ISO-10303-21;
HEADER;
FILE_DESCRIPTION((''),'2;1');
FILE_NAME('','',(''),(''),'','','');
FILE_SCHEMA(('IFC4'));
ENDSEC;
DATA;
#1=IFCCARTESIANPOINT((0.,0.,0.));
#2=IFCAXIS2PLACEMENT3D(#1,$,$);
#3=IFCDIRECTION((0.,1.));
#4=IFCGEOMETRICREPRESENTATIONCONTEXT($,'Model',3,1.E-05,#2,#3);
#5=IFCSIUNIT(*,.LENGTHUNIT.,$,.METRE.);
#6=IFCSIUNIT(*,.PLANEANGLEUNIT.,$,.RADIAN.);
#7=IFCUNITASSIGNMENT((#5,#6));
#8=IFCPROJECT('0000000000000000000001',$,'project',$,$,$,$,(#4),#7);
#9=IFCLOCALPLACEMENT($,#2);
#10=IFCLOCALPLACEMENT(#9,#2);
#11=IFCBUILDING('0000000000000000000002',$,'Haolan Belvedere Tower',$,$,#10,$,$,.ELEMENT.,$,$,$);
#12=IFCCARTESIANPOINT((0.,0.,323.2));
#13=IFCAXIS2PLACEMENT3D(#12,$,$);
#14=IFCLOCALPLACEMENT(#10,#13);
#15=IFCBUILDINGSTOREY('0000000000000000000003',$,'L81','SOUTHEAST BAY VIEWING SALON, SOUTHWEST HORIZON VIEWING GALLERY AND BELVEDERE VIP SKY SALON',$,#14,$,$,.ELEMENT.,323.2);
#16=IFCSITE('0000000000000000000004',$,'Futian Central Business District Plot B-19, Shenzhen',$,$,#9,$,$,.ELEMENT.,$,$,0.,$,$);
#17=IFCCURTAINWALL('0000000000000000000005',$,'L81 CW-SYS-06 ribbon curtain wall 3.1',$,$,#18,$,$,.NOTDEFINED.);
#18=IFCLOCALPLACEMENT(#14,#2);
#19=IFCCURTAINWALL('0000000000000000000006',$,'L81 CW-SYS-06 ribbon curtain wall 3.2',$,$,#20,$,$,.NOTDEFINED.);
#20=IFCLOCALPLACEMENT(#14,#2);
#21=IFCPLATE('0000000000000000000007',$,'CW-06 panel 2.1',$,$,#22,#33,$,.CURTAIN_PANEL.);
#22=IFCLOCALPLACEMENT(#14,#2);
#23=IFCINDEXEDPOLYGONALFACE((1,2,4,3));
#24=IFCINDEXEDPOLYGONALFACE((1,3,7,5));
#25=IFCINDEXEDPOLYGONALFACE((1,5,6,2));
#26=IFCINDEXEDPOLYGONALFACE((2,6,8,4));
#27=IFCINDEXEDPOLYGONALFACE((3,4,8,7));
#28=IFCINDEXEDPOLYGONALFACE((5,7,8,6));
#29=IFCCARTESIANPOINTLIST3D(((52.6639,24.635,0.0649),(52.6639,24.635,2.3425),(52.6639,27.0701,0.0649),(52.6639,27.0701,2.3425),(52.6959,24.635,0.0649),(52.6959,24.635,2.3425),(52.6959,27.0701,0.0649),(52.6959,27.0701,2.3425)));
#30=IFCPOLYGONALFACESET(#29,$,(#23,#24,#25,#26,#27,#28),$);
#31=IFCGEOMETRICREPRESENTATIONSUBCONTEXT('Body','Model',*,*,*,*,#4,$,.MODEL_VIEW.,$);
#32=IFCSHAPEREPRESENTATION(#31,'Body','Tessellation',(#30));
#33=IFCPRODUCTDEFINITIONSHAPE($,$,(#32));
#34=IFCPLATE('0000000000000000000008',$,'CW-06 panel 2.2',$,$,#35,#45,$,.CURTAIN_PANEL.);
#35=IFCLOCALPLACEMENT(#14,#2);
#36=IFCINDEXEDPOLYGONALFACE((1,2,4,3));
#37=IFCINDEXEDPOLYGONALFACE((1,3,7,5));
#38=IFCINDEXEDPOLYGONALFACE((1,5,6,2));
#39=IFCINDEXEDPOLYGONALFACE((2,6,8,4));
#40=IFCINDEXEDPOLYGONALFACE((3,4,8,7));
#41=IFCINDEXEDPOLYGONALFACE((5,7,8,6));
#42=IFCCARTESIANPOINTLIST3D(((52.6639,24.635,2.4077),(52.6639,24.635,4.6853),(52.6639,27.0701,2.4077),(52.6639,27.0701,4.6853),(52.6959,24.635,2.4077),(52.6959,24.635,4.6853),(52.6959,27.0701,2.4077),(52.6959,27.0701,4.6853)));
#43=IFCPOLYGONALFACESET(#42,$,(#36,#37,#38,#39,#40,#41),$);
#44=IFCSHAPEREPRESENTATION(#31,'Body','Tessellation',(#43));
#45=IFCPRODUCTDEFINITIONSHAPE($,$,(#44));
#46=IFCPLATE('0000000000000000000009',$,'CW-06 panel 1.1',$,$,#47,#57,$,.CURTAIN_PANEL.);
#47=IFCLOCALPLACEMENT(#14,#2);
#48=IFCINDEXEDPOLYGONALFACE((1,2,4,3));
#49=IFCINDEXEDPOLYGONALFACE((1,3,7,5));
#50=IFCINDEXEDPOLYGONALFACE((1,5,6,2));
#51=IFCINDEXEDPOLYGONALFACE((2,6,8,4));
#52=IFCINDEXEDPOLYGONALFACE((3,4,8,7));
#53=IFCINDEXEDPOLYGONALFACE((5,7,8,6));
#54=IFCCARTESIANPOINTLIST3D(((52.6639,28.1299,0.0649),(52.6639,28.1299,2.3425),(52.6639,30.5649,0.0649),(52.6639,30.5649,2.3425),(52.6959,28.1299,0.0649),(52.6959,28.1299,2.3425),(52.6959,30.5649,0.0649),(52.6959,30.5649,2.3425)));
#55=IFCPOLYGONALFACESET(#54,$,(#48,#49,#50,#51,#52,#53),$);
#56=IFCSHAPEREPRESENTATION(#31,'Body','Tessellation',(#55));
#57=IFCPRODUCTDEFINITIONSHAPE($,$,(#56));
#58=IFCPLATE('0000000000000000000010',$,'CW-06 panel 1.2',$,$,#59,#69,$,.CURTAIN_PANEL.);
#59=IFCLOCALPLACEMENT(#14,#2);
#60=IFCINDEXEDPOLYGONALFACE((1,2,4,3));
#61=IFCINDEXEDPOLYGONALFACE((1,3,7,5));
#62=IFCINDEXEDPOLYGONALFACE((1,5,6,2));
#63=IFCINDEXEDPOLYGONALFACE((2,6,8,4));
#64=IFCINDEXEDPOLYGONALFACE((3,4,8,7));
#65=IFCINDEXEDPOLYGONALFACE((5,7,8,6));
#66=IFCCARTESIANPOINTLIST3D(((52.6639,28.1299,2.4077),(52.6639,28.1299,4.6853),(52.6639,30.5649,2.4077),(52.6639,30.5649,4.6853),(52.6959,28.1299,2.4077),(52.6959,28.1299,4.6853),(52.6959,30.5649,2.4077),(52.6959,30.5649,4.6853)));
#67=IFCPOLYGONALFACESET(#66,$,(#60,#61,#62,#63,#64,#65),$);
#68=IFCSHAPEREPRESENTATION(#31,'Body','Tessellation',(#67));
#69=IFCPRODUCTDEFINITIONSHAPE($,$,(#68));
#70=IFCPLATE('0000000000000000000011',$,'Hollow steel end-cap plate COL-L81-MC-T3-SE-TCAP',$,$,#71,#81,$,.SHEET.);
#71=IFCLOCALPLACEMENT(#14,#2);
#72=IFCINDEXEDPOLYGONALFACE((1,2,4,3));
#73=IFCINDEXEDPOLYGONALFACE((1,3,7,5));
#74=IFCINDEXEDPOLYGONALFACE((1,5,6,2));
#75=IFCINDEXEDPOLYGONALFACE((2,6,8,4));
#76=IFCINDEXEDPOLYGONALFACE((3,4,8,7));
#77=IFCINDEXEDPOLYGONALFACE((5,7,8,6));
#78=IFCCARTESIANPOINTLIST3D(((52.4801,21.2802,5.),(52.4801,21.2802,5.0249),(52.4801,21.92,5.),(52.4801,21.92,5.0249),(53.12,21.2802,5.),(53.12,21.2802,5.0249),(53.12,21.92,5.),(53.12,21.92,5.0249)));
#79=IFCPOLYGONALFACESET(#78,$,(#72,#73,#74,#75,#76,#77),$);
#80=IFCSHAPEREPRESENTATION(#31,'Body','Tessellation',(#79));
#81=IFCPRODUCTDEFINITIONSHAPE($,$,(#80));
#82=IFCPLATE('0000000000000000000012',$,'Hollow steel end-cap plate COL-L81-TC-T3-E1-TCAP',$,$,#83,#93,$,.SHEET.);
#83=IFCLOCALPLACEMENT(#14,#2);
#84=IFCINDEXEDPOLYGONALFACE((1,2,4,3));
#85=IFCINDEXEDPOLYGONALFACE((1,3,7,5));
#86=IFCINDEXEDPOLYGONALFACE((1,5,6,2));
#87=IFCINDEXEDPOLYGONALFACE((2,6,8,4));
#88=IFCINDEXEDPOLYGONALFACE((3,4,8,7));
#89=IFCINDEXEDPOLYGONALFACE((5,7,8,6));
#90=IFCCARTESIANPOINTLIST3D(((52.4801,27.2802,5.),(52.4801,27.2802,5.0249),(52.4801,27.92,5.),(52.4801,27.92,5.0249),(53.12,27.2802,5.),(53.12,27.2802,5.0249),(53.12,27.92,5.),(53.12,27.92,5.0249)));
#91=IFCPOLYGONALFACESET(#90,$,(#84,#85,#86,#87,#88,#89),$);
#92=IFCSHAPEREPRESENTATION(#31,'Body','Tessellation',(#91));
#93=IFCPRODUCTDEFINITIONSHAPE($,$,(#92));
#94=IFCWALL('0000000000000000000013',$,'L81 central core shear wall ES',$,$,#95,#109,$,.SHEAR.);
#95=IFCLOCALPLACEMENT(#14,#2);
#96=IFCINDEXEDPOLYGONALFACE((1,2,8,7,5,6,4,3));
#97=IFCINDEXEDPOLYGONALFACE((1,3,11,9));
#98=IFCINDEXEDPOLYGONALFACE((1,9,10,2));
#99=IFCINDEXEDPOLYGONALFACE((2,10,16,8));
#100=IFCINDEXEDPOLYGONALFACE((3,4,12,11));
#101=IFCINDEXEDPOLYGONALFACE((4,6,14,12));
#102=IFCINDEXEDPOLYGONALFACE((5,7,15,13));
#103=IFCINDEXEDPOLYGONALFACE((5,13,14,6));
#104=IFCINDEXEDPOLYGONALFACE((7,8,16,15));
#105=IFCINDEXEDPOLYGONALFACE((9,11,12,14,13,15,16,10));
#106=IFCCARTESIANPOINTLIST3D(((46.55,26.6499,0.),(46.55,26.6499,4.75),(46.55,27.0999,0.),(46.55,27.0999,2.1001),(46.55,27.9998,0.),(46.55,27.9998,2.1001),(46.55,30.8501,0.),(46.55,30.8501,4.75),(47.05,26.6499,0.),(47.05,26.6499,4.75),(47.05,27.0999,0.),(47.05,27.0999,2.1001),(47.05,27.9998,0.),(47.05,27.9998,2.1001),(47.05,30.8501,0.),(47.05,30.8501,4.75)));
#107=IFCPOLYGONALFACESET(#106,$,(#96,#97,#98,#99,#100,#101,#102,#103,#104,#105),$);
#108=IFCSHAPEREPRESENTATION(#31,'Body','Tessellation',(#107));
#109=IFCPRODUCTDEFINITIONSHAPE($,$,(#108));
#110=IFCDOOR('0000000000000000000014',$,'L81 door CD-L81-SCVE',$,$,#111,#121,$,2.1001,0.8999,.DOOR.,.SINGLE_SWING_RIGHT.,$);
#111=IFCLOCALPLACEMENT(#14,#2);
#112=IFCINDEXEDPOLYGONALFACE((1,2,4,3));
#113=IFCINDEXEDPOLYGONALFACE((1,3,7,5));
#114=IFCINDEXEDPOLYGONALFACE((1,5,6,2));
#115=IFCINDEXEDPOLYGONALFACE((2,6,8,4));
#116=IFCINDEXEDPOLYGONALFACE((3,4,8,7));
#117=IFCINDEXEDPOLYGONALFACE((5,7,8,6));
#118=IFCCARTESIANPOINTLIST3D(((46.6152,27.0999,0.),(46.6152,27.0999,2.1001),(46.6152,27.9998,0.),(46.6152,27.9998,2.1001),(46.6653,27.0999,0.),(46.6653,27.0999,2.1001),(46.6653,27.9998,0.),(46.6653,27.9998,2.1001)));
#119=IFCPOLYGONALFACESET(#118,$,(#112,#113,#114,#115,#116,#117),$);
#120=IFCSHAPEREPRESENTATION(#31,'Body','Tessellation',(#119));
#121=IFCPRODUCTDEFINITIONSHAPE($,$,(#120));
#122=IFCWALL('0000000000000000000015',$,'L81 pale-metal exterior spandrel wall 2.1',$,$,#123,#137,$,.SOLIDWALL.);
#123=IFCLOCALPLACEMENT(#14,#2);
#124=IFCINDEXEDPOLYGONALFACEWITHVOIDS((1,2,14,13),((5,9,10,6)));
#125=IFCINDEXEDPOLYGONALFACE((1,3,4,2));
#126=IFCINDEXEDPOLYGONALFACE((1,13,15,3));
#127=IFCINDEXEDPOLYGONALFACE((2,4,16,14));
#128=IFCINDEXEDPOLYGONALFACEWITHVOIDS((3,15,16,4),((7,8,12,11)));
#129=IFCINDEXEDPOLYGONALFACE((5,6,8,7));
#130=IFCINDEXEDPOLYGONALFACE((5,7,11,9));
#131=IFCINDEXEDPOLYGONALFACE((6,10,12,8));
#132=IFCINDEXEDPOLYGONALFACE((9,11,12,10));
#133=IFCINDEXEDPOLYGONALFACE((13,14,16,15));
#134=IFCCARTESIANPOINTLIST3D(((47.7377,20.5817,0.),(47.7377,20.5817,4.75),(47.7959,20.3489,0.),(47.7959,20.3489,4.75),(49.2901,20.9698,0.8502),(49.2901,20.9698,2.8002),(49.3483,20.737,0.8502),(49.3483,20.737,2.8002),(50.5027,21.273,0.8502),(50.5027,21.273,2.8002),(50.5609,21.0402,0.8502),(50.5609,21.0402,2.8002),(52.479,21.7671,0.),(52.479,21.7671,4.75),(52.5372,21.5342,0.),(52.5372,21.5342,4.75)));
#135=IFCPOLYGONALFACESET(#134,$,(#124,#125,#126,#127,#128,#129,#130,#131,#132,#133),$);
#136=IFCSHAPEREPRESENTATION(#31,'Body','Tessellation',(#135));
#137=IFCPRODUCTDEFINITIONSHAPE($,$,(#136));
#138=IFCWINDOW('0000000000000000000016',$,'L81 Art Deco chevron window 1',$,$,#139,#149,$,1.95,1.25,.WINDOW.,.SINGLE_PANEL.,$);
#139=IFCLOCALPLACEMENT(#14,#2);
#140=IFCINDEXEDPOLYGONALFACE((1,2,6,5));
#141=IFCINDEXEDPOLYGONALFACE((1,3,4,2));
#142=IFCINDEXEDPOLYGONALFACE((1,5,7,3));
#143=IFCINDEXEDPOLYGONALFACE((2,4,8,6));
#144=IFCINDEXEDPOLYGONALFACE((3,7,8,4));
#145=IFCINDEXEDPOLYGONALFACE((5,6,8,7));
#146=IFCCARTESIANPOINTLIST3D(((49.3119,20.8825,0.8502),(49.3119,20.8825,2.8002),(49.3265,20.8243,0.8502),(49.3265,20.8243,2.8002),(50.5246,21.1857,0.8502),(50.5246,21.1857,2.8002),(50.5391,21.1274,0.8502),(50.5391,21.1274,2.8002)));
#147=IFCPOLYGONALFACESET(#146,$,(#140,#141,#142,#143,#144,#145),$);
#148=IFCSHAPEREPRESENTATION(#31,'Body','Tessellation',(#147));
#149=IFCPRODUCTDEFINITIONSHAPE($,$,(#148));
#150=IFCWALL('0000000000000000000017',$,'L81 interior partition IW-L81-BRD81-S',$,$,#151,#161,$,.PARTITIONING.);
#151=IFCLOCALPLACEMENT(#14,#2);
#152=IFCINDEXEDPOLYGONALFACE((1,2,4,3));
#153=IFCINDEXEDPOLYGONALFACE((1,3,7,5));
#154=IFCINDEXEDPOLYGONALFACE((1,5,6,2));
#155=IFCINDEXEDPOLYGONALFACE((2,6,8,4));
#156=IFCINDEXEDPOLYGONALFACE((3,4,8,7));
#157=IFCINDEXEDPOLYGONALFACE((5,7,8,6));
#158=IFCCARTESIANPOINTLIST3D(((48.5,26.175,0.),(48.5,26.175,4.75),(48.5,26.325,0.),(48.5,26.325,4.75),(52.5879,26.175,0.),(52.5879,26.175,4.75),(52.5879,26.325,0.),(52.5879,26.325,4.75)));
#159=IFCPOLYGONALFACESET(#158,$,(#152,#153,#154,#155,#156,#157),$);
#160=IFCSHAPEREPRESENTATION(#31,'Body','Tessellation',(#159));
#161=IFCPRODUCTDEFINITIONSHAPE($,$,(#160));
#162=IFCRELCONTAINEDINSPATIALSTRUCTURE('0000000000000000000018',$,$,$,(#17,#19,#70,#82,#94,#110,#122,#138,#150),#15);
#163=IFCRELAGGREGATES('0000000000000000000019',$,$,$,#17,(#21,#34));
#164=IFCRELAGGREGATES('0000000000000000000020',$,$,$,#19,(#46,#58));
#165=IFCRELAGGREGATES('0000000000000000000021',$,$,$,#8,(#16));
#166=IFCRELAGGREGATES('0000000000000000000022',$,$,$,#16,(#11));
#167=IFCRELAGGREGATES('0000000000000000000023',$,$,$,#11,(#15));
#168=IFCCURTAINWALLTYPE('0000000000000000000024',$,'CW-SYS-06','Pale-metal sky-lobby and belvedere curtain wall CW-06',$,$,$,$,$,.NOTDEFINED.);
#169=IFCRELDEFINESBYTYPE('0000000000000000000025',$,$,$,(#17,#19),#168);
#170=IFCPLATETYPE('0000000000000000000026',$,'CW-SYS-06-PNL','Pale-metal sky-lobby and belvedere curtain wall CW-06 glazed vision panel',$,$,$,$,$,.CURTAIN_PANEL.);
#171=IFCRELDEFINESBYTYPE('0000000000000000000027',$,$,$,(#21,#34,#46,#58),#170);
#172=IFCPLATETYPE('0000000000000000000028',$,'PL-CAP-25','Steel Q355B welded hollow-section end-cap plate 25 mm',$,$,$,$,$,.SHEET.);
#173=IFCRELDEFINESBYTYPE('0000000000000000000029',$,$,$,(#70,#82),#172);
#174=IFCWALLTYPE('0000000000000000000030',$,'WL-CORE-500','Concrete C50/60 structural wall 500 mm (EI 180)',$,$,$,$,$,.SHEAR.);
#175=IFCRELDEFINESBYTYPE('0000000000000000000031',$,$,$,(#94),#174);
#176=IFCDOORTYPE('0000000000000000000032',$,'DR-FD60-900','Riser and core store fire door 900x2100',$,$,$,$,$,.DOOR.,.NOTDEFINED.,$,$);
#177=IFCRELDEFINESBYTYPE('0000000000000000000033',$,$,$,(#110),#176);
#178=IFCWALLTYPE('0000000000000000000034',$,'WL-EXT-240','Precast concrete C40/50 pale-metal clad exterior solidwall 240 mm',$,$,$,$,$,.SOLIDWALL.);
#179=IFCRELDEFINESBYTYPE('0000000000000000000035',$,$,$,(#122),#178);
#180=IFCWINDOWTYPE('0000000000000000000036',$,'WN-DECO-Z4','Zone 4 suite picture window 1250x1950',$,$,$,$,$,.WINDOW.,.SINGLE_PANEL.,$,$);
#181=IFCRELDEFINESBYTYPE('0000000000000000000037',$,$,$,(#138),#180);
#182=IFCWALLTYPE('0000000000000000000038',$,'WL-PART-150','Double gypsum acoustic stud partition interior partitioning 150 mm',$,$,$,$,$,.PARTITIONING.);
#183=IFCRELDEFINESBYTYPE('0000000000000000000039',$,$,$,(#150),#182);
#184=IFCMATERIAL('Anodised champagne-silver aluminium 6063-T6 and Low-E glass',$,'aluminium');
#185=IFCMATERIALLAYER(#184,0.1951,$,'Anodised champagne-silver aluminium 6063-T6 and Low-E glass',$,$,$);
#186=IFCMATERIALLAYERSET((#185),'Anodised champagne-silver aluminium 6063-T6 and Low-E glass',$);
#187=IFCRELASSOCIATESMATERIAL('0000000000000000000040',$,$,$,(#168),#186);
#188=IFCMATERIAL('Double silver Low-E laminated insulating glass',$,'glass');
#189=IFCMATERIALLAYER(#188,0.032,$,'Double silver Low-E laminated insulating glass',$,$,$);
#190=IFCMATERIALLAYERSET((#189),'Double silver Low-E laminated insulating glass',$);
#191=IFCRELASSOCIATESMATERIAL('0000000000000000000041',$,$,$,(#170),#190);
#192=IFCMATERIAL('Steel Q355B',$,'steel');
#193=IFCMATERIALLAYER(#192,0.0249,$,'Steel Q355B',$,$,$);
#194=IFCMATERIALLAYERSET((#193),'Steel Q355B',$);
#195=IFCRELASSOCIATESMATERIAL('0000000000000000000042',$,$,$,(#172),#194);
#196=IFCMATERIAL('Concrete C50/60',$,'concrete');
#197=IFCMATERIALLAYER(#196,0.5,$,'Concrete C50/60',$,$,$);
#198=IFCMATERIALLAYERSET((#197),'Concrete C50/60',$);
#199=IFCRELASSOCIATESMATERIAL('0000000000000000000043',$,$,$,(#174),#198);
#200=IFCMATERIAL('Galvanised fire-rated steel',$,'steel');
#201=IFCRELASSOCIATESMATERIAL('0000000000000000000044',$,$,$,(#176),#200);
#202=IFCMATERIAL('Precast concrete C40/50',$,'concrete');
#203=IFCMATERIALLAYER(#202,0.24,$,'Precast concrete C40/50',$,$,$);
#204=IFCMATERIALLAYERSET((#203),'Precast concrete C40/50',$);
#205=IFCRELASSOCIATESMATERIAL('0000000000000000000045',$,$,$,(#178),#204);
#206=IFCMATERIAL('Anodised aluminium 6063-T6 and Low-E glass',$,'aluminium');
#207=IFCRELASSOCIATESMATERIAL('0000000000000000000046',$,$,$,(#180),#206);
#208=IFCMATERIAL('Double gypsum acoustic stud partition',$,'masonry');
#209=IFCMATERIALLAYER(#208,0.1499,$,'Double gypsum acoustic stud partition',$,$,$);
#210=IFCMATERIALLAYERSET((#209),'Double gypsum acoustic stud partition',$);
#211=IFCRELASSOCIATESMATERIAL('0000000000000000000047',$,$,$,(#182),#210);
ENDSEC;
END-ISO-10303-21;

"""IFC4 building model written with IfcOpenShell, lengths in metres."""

from ifc_helpers import new_model, si_unit, direction, frame, frame_2d, origin, origin_2d, place, context, subcontext, project, spatial, rectangle, extrude, material, layer, layer_set, type_object, element, fill, aggregate, save


model = new_model("IFC4")

# Units and contexts
model_context = context("Model", 3, precision=1e-05, world=origin(), true_north=direction((0.0, 1.0)))
body_context = subcontext(model_context, "Body", "Model", "MODEL_VIEW")
ifc_project = project(units=[si_unit("LENGTHUNIT", "METRE"), si_unit("PLANEANGLEUNIT", "RADIAN")], contexts=[model_context])

# Site, building, storey
site_placement = place(None, origin())
site = spatial("IfcSite", under=ifc_project, at=site_placement, Name="Futian Central Business District Plot B-19, Shenzhen", CompositionType="ELEMENT", RefElevation=0.0)
building_placement = place(site_placement, origin())
building = spatial("IfcBuilding", under=site, at=building_placement, Name="Haolan Belvedere Tower", CompositionType="ELEMENT")
storey_placement = place(building_placement, frame((0.0, 0.0, 323.2)))
storey = spatial("IfcBuildingStorey", under=building, at=storey_placement, Name="L81", Description="SOUTHEAST BAY VIEWING SALON, SOUTHWEST HORIZON VIEWING GALLERY AND BELVEDERE VIP SKY SALON", CompositionType="ELEMENT", Elevation=323.2)

# Shared definitions
ifc_material_1 = material(Name="Steel Q355B", Category="steel")

# Shared definitions
ifc_material_2 = material(Name="Anodised champagne-silver aluminium 6063-T6 and Low-E glass", Category="aluminium")
ifc_layer_1 = layer(ifc_material_2, 0.1951, Name="Anodised champagne-silver aluminium 6063-T6 and Low-E glass")
ifc_layer_set_1 = layer_set([ifc_layer_1], Name="Anodised champagne-silver aluminium 6063-T6 and Low-E glass")
curtain_wall_type = type_object("IfcCurtainWallType", Name="CW-SYS-06", Description="Pale-metal sky-lobby and belvedere curtain wall CW-06", PredefinedType="NOTDEFINED", material=ifc_layer_set_1)

# Curtain wall
curtain_wall_1_placement = place(storey_placement, origin())
curtain_wall_1 = element("IfcCurtainWall", 1, at=curtain_wall_1_placement, inside=storey, type_object=curtain_wall_type, Name="L81 CW-SYS-06 ribbon curtain wall 3.1", PredefinedType="NOTDEFINED")

# Curtain wall
curtain_wall_2_placement = place(storey_placement, origin())
curtain_wall_2 = element("IfcCurtainWall", 2, at=curtain_wall_2_placement, inside=storey, type_object=curtain_wall_type, Name="L81 CW-SYS-06 ribbon curtain wall 3.2", PredefinedType="NOTDEFINED")

# Plates
ifc_material_3 = material(Name="Double silver Low-E laminated insulating glass", Category="glass")
ifc_layer_2 = layer(ifc_material_3, 0.032, Name="Double silver Low-E laminated insulating glass")
ifc_layer_set_2 = layer_set([ifc_layer_2], Name="Double silver Low-E laminated insulating glass")
plate_type_1 = type_object("IfcPlateType", Name="CW-SYS-06-PNL", Description="Pale-metal sky-lobby and belvedere curtain wall CW-06 glazed vision panel", PredefinedType="CURTAIN_PANEL", material=ifc_layer_set_2)
plate_1_placement = place(storey_placement, frame((52.6799, 25.8525, 0.0649), z_axis=(0.0, 0.0, 1.0), x_axis=(0.0, 1.0, 0.0)))
plate_1 = element("IfcPlate", 3, at=plate_1_placement, type_object=plate_type_1, Name="CW-06 panel 2.1", PredefinedType="CURTAIN_PANEL", context=body_context, shape_type="SweptSolid", body=[
    extrude(rectangle(XDim=2.4351, YDim=0.032, at=origin_2d()), origin(), (0.0, 0.0, 1.0), 2.2776),
])
plate_2_placement = place(storey_placement, frame((52.6799, 25.8525, 2.4077), z_axis=(0.0, 0.0, 1.0), x_axis=(0.0, 1.0, 0.0)))
plate_2 = element("IfcPlate", 4, at=plate_2_placement, type_object=plate_type_1, Name="CW-06 panel 2.2", PredefinedType="CURTAIN_PANEL", context=body_context, shape_type="SweptSolid", body=[
    extrude(rectangle(XDim=2.4351, YDim=0.032, at=origin_2d()), origin(), (0.0, 0.0, 1.0), 2.2776),
])
aggregate(curtain_wall_1, [plate_1, plate_2])
plate_3_placement = place(storey_placement, frame((52.6799, 29.3474, 0.0649), z_axis=(0.0, 0.0, 1.0), x_axis=(0.0, 1.0, 0.0)))
plate_3 = element("IfcPlate", 5, at=plate_3_placement, type_object=plate_type_1, Name="CW-06 panel 1.1", PredefinedType="CURTAIN_PANEL", context=body_context, shape_type="SweptSolid", body=[
    extrude(rectangle(XDim=2.4351, YDim=0.032, at=origin_2d()), origin(), (0.0, 0.0, 1.0), 2.2776),
])
plate_4_placement = place(storey_placement, frame((52.6799, 29.3474, 2.4077), z_axis=(0.0, 0.0, 1.0), x_axis=(0.0, 1.0, 0.0)))
plate_4 = element("IfcPlate", 6, at=plate_4_placement, type_object=plate_type_1, Name="CW-06 panel 1.2", PredefinedType="CURTAIN_PANEL", context=body_context, shape_type="SweptSolid", body=[
    extrude(rectangle(XDim=2.4351, YDim=0.032, at=origin_2d()), origin(), (0.0, 0.0, 1.0), 2.2776),
])
aggregate(curtain_wall_2, [plate_3, plate_4])

# Plates
ifc_layer_3 = layer(ifc_material_1, 0.0249, Name="Steel Q355B")
ifc_layer_set_3 = layer_set([ifc_layer_3], Name="Steel Q355B")
plate_type_2 = type_object("IfcPlateType", Name="PL-CAP-25", Description="Steel Q355B welded hollow-section end-cap plate 25 mm", PredefinedType="SHEET", material=ifc_layer_set_3)
for number, where, z_axis, x_axis, name in (
    (7, (52.8, 21.6001, 5.0), (0.0, 0.0, 1.0), (1.0, 0.0, 0.0), "Hollow steel end-cap plate COL-L81-MC-T3-SE-TCAP"),
    (8, (52.8, 27.6001, 5.0), (0.0, 0.0, 1.0), (1.0, 0.0, 0.0), "Hollow steel end-cap plate COL-L81-TC-T3-E1-TCAP"),
):
    element("IfcPlate", number, at=place(storey_placement, frame(where, z_axis=z_axis, x_axis=x_axis)), inside=storey, type_object=plate_type_2, Name=name, PredefinedType="SHEET", context=body_context, shape_type="SweptSolid", body=[
        extrude(rectangle(XDim=0.6399, YDim=0.6399, at=origin_2d()), origin(), (0.0, 0.0, 1.0), 0.0249),
    ])

# Wall, opening, door
ifc_material_4 = material(Name="Concrete C50/60", Category="concrete")
ifc_layer_4 = layer(ifc_material_4, 0.5, Name="Concrete C50/60")
ifc_layer_set_4 = layer_set([ifc_layer_4], Name="Concrete C50/60")
wall_type_1 = type_object("IfcWallType", Name="WL-CORE-500", Description="Concrete C50/60 structural wall 500 mm (EI 180)", PredefinedType="SHEAR", material=ifc_layer_set_4)
wall_1_placement = place(storey_placement, frame((46.8, 26.6499, 0.0), z_axis=(0.0, 0.0, 1.0), x_axis=(0.0, 1.0, 0.0)))
wall_1 = element("IfcWall", 9, at=wall_1_placement, inside=storey, type_object=wall_type_1, Name="L81 central core shear wall ES", PredefinedType="SHEAR", context=body_context, shape_type="SweptSolid", body=[
    extrude(rectangle(XDim=4.2002, YDim=0.5, at=frame_2d((2.1001, 0.0))), origin(), (0.0, 0.0, 1.0), 4.75),
])
opening_1_placement = place(wall_1_placement, frame((1.3499, 0.0, 0.0), z_axis=(0.0, 0.0, 1.0), x_axis=(-1.0, 0.0, 0.0)))
opening_1 = element("IfcOpeningElement", 10, at=opening_1_placement, cuts=wall_1, PredefinedType="OPENING", context=body_context, shape_type="SweptSolid", body=[
    extrude(rectangle(XDim=0.8999, YDim=2.1001, at=frame_2d((0.45, 1.05))), frame((0.0, 0.26, 0.0), z_axis=(0.0, -1.0, 0.0), x_axis=(1.0, 0.0, 0.0)), (0.0, 0.0, 1.0), 0.52),
])
ifc_material_5 = material(Name="Galvanised fire-rated steel", Category="steel")
door_type_1 = type_object("IfcDoorType", Name="DR-FD60-900", Description="Riser and core store fire door 900x2100", OperationType="NOTDEFINED", PredefinedType="DOOR", material=ifc_material_5)
door_1_placement = place(opening_1_placement, origin())
door_1 = element("IfcDoor", 11, at=door_1_placement, inside=storey, type_object=door_type_1, Name="L81 door CD-L81-SCVE", OperationType="SINGLE_SWING_RIGHT", OverallHeight=2.1001, OverallWidth=0.8999, PredefinedType="DOOR", context=body_context, shape_type="SweptSolid", body=[
    extrude(rectangle(XDim=0.8999, YDim=2.1001, at=frame_2d((0.45, 1.05))), frame((0.0, -0.1348, 0.0), z_axis=(0.0, -1.0, 0.0), x_axis=(1.0, 0.0, 0.0)), (0.0, 0.0, 1.0), 0.05),
])
fill(opening_1, door_1)

# Wall, opening, window
ifc_material_6 = material(Name="Precast concrete C40/50", Category="concrete")
ifc_layer_5 = layer(ifc_material_6, 0.24, Name="Precast concrete C40/50")
ifc_layer_set_5 = layer_set([ifc_layer_5], Name="Precast concrete C40/50")
wall_type_2 = type_object("IfcWallType", Name="WL-EXT-240", Description="Precast concrete C40/50 pale-metal clad exterior solidwall 240 mm", PredefinedType="SOLIDWALL", material=ifc_layer_set_5)
wall_2_placement = place(storey_placement, frame((47.7668, 20.4653, 0.0), z_axis=(0.0, 0.0, 1.0), x_axis=(0.970143, 0.242536, 0.0)))
wall_2 = element("IfcWall", 12, at=wall_2_placement, inside=storey, type_object=wall_type_2, Name="L81 pale-metal exterior spandrel wall 2.1", PredefinedType="SOLIDWALL", context=body_context, shape_type="SweptSolid", body=[
    extrude(rectangle(XDim=4.8872, YDim=0.24, at=frame_2d((2.4436, 0.0))), origin(), (0.0, 0.0, 1.0), 4.75),
])
opening_2_placement = place(wall_2_placement, frame((1.6001, 0.0, 0.8501)))
opening_2 = element("IfcOpeningElement", 13, at=opening_2_placement, cuts=wall_2, PredefinedType="OPENING", context=body_context, shape_type="SweptSolid", body=[
    extrude(rectangle(XDim=1.25, YDim=1.95, at=frame_2d((0.625, 0.9751))), frame((0.0, 0.1299, 0.0), z_axis=(0.0, -1.0, 0.0), x_axis=(1.0, 0.0, 0.0)), (0.0, 0.0, 1.0), 0.26),
])
ifc_material_7 = material(Name="Anodised aluminium 6063-T6 and Low-E glass", Category="aluminium")
window_type = type_object("IfcWindowType", Name="WN-DECO-Z4", Description="Zone 4 suite picture window 1250x1950", PartitioningType="SINGLE_PANEL", PredefinedType="WINDOW", material=ifc_material_7)
window_placement = place(opening_2_placement, origin())
window = element("IfcWindow", 14, at=window_placement, inside=storey, type_object=window_type, Name="L81 Art Deco chevron window 1", OverallHeight=1.95, OverallWidth=1.25, PartitioningType="SINGLE_PANEL", PredefinedType="WINDOW", context=body_context, shape_type="SweptSolid", body=[
    extrude(rectangle(XDim=1.25, YDim=1.95, at=frame_2d((0.625, 0.9751))), frame((0.0, 0.03, 0.0), z_axis=(0.0, -1.0, 0.0), x_axis=(1.0, 0.0, 0.0)), (0.0, 0.0, 1.0), 0.0601),
])
fill(opening_2, window)

# Wall
ifc_material_8 = material(Name="Double gypsum acoustic stud partition", Category="masonry")
ifc_layer_6 = layer(ifc_material_8, 0.1499, Name="Double gypsum acoustic stud partition")
ifc_layer_set_6 = layer_set([ifc_layer_6], Name="Double gypsum acoustic stud partition")
wall_type_3 = type_object("IfcWallType", Name="WL-PART-150", Description="Double gypsum acoustic stud partition interior partitioning 150 mm", PredefinedType="PARTITIONING", material=ifc_layer_set_6)
wall_3_placement = place(storey_placement, frame((48.5, 26.25, 0.0), z_axis=(0.0, 0.0, 1.0), x_axis=(1.0, 0.0, 0.0)))
element("IfcWall", 15, at=wall_3_placement, inside=storey, type_object=wall_type_3, Name="L81 interior partition IW-L81-BRD81-S", PredefinedType="PARTITIONING", context=body_context, shape_type="SweptSolid", body=[
    extrude(rectangle(XDim=4.0879, YDim=0.1499, at=frame_2d((2.0439, 0.0))), origin(), (0.0, 0.0, 1.0), 4.75),
])

save(model, "model.ifc")
